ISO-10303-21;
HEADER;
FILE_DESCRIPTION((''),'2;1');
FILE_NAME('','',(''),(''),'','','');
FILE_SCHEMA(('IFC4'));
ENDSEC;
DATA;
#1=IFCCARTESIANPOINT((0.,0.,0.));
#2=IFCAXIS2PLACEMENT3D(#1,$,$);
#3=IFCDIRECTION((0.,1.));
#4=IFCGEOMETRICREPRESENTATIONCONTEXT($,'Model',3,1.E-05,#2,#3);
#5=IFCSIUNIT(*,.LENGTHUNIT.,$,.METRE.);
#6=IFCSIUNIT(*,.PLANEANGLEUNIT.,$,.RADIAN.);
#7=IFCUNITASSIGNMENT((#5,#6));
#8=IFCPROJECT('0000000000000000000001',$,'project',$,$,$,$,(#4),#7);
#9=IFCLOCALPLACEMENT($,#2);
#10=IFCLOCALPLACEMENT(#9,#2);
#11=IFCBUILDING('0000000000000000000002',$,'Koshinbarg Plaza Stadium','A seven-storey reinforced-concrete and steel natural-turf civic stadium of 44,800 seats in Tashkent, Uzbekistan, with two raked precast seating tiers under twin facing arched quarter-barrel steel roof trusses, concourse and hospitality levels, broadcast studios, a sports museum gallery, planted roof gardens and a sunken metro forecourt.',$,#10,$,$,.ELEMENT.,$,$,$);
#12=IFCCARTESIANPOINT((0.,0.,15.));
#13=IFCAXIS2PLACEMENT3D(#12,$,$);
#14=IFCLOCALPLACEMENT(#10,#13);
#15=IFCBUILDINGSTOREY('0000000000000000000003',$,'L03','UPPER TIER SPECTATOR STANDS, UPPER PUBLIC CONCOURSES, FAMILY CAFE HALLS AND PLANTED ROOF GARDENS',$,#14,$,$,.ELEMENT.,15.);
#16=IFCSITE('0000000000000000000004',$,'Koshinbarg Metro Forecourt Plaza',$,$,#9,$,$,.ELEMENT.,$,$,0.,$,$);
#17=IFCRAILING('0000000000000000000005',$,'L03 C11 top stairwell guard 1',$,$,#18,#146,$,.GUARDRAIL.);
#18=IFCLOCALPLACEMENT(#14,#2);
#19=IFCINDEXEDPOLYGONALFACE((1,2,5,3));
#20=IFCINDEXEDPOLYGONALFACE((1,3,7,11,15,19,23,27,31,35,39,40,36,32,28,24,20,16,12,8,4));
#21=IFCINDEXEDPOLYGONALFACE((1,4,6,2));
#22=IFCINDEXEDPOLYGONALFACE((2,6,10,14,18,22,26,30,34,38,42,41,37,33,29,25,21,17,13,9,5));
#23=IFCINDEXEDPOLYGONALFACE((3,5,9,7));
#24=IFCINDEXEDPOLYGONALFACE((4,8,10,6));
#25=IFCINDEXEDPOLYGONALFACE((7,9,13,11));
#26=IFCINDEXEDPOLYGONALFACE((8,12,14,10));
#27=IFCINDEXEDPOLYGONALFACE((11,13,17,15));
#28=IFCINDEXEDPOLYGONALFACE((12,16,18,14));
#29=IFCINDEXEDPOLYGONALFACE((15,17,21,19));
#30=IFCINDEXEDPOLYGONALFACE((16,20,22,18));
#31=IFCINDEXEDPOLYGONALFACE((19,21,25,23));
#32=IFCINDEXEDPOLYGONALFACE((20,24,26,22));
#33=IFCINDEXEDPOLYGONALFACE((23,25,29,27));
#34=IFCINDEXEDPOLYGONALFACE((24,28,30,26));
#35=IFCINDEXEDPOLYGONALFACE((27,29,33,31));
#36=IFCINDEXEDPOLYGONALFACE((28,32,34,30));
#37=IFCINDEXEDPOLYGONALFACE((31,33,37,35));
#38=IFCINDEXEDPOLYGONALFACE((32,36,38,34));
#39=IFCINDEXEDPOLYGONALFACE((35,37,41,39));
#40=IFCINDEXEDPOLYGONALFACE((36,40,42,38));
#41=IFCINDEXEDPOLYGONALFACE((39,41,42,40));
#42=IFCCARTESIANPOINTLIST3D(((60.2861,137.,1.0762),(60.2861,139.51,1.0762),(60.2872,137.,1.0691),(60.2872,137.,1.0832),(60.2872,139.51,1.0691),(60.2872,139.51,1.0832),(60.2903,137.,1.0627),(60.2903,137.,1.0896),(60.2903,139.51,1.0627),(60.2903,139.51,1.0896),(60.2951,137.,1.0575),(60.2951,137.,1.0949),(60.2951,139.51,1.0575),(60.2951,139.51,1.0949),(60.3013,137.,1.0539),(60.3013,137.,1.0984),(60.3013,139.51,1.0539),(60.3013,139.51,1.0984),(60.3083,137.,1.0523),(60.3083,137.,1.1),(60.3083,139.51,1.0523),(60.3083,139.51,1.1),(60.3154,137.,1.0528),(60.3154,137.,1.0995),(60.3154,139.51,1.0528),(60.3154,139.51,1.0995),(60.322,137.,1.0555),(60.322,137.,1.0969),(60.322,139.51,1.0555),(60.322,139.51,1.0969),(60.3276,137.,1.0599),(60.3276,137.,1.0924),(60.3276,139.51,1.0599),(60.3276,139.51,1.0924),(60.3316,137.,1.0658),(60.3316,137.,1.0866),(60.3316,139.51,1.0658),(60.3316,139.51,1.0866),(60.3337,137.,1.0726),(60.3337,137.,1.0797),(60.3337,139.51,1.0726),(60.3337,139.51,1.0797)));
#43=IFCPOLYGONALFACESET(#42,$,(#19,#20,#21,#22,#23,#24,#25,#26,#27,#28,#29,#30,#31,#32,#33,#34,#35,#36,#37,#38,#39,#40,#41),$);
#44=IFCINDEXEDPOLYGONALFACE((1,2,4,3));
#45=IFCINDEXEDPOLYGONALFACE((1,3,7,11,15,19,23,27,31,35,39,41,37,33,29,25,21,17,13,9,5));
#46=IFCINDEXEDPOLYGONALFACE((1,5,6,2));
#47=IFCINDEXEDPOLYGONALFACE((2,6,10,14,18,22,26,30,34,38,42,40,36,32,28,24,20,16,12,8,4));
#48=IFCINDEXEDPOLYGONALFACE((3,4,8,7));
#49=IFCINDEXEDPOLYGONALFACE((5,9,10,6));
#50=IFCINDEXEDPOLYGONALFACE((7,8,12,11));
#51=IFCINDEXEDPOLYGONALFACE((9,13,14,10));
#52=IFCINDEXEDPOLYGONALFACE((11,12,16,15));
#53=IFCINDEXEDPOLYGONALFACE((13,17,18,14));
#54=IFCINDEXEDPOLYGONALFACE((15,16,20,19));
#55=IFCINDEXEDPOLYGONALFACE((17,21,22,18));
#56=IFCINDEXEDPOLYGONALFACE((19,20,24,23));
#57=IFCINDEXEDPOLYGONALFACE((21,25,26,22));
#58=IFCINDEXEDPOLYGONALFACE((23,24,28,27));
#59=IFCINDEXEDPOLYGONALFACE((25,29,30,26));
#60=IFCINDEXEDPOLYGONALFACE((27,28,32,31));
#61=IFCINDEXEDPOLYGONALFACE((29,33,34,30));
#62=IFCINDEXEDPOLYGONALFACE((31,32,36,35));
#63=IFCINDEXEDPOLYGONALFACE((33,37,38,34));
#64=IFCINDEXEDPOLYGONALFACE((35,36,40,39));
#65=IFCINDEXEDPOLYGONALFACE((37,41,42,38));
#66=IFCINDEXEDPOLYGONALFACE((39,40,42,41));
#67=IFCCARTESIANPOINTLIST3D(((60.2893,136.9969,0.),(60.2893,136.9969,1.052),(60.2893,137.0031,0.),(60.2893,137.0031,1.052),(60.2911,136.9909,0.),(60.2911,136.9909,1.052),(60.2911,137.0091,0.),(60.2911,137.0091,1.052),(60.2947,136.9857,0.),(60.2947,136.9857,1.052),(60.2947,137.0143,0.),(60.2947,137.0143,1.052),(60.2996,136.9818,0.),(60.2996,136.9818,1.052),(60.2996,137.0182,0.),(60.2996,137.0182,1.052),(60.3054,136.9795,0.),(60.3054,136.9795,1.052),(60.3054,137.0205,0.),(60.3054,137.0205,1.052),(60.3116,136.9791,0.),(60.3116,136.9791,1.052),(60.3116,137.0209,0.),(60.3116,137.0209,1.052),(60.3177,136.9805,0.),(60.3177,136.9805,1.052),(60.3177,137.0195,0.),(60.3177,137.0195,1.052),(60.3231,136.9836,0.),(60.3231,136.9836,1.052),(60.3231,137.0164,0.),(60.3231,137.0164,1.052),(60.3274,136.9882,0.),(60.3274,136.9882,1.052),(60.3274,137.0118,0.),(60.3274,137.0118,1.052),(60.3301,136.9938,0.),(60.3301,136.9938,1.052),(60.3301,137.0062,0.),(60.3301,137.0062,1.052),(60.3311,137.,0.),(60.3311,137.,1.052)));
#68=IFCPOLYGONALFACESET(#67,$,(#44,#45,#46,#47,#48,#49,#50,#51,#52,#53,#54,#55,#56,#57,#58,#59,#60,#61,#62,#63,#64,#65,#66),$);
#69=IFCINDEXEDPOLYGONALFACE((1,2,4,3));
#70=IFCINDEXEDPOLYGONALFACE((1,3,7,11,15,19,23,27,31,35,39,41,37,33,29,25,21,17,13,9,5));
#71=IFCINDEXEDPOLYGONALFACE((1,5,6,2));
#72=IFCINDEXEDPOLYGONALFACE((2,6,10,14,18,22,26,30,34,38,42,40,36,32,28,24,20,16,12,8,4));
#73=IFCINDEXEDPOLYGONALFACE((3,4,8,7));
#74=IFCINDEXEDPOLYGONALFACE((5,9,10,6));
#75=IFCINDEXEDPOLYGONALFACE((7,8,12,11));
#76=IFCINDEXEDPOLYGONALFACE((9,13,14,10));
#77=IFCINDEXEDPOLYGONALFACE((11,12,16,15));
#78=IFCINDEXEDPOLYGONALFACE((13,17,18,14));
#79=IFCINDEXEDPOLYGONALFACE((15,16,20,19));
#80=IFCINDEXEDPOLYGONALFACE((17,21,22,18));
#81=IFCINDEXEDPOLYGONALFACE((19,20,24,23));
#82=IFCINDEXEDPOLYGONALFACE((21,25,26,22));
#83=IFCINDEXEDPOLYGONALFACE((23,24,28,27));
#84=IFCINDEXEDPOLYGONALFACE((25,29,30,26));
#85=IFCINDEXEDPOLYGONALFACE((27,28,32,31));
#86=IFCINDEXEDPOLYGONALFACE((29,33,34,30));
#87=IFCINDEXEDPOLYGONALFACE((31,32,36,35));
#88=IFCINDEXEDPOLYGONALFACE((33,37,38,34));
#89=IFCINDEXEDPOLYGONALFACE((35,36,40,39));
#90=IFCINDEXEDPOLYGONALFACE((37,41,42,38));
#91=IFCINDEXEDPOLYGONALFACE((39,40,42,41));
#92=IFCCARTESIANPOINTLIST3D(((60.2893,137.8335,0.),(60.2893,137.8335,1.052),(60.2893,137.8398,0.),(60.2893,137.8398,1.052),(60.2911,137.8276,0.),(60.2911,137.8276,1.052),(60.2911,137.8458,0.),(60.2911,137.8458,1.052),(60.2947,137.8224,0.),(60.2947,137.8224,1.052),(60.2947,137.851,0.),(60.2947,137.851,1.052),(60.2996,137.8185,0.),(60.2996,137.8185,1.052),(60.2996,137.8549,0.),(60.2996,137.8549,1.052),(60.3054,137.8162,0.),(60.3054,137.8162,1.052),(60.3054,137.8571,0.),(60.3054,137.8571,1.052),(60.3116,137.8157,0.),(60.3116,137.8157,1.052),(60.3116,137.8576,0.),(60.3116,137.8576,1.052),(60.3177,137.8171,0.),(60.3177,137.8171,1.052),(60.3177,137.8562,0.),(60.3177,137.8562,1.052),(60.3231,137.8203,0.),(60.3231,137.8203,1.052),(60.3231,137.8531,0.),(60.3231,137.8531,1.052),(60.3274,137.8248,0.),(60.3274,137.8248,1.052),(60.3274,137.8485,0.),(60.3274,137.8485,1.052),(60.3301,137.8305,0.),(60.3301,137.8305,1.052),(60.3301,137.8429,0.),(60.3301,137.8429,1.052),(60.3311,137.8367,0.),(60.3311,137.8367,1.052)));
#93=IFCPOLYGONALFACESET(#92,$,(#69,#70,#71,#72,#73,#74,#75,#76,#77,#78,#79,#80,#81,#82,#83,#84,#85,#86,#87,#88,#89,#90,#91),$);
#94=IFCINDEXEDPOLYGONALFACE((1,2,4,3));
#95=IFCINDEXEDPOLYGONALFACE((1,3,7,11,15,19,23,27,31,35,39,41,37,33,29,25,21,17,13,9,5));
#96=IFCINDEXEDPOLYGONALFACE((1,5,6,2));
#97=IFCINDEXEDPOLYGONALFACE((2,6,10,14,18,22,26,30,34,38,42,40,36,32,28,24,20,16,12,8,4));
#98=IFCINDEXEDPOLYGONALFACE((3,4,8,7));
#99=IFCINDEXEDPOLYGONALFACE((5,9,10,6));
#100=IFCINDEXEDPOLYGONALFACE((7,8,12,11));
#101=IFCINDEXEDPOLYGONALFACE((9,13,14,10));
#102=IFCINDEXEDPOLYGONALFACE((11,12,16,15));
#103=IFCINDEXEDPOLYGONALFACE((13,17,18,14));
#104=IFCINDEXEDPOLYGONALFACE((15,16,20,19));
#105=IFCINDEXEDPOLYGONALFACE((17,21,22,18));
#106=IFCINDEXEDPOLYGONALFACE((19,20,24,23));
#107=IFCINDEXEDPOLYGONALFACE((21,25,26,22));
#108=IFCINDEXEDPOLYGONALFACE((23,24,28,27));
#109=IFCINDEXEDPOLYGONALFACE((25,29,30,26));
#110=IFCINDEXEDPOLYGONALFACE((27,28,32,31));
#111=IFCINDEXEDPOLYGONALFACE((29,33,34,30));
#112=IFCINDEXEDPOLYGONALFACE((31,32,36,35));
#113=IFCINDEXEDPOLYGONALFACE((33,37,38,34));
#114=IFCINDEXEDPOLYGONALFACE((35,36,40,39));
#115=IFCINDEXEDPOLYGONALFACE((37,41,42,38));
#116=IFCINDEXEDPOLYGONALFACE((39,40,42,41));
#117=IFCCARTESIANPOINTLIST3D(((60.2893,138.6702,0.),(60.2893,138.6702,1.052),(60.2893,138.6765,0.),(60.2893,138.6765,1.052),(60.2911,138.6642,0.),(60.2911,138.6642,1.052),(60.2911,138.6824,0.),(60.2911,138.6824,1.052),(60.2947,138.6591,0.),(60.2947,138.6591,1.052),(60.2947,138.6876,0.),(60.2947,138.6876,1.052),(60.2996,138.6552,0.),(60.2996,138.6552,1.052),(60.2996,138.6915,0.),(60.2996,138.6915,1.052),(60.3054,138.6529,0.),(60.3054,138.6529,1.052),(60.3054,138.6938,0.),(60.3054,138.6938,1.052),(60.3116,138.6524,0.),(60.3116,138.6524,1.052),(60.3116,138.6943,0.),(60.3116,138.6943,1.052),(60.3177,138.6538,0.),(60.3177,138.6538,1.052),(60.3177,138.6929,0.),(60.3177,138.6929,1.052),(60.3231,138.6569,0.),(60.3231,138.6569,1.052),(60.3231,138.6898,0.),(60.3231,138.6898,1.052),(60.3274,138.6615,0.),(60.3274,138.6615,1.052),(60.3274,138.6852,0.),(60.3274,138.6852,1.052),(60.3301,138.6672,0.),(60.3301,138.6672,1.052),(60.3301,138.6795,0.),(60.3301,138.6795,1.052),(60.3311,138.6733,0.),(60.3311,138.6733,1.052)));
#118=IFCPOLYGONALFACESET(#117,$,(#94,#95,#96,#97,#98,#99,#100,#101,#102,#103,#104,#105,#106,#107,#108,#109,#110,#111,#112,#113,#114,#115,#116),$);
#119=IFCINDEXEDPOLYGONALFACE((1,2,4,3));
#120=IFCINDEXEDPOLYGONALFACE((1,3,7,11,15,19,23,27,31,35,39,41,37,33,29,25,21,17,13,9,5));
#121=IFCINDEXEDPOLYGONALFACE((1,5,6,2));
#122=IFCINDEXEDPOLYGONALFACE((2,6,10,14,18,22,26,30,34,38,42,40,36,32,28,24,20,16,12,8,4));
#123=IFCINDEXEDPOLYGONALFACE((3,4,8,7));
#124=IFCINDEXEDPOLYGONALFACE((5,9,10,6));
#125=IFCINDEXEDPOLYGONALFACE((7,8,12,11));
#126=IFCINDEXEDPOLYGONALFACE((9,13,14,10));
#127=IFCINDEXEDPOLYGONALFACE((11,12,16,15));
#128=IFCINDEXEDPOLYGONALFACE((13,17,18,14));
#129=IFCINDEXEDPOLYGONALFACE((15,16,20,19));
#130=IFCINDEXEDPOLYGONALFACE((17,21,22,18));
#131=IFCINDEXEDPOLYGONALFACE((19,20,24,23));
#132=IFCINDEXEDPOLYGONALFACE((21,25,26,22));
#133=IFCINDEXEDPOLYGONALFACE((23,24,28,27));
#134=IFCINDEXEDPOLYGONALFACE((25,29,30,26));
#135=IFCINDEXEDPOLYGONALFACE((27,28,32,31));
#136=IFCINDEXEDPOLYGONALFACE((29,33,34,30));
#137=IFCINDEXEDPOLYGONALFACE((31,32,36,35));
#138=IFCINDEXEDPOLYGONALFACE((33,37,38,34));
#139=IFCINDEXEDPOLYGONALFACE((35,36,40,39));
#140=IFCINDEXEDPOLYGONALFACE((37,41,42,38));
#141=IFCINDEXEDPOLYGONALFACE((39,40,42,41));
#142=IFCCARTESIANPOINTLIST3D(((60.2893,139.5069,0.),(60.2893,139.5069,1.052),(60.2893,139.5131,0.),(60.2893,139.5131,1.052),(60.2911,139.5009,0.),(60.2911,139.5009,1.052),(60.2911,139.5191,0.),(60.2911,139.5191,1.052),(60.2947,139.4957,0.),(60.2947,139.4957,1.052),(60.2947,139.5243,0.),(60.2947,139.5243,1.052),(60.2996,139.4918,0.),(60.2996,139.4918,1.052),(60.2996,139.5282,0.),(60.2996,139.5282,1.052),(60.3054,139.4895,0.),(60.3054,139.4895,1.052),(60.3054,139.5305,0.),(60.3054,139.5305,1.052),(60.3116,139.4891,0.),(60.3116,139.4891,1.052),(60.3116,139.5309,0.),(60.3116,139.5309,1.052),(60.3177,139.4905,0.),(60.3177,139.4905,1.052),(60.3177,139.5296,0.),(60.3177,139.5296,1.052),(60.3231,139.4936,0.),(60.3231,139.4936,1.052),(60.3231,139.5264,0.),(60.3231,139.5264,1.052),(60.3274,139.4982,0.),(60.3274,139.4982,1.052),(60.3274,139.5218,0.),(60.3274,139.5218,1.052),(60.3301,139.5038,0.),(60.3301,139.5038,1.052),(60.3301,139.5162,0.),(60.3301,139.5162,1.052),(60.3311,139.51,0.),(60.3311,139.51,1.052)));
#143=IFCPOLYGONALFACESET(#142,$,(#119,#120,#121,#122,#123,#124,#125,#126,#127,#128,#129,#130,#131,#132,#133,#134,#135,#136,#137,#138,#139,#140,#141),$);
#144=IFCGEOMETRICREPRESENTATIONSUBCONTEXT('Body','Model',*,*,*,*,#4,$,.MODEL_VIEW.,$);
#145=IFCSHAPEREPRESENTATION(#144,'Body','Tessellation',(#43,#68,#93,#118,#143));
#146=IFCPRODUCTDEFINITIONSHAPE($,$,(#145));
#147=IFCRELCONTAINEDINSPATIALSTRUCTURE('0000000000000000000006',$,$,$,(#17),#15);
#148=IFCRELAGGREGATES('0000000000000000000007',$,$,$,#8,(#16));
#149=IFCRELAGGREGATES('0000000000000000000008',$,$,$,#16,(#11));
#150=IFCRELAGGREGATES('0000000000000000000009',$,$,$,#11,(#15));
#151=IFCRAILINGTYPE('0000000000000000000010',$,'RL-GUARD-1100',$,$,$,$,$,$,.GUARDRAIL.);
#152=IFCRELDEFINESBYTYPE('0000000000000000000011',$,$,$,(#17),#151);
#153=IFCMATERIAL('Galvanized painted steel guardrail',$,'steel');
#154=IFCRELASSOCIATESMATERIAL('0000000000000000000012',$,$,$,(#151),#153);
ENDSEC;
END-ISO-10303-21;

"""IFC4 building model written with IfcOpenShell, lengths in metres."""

from ifc_helpers import new_model, si_unit, direction, frame, origin, origin_2d, place, context, subcontext, project, spatial, circle, extrude, material, type_object, element, save


model = new_model("IFC4")

# Units and contexts
model_context = context("Model", 3, precision=1e-05, world=origin(), true_north=direction((0.0, 1.0)))
body_context = subcontext(model_context, "Body", "Model", "MODEL_VIEW")
ifc_project = project(units=[si_unit("LENGTHUNIT", "METRE"), si_unit("PLANEANGLEUNIT", "RADIAN")], contexts=[model_context])

# Site, building, storey
site_placement = place(None, origin())
site = spatial("IfcSite", under=ifc_project, at=site_placement, Name="Koshinbarg Metro Forecourt Plaza", CompositionType="ELEMENT", RefElevation=0.0)
building_placement = place(site_placement, origin())
building = spatial("IfcBuilding", under=site, at=building_placement, Name="Koshinbarg Plaza Stadium", Description="A seven-storey reinforced-concrete and steel natural-turf civic stadium of 44,800 seats in Tashkent, Uzbekistan, with two raked precast seating tiers under twin facing arched quarter-barrel steel roof trusses, concourse and hospitality levels, broadcast studios, a sports museum gallery, planted roof gardens and a sunken metro forecourt.", CompositionType="ELEMENT")
storey_placement = place(building_placement, frame((0.0, 0.0, 15.0)))
storey = spatial("IfcBuildingStorey", under=building, at=storey_placement, Name="L03", Description="UPPER TIER SPECTATOR STANDS, UPPER PUBLIC CONCOURSES, FAMILY CAFE HALLS AND PLANTED ROOF GARDENS", CompositionType="ELEMENT", Elevation=15.0)

# Railing
ifc_material_1 = material(Name="Galvanized painted steel guardrail", Category="steel")
railing_type_1 = type_object("IfcRailingType", Name="RL-GUARD-1100", PredefinedType="GUARDRAIL", material=ifc_material_1)
railing_1_placement = place(storey_placement, frame((60.3101, 137.0, 0.0)))
element("IfcRailing", 1, at=railing_1_placement, inside=storey, type_object=railing_type_1, Name="L03 C11 top stairwell guard 1", PredefinedType="GUARDRAIL", context=body_context, shape_type="SweptSolid", body=[
    extrude(circle(Radius=0.0239, at=origin_2d()), frame((0.0, 0.0, 1.0762), z_axis=(0.0, 1.0, 0.0), x_axis=(-1.0, 0.0, 0.0)), (0.0, 0.0, 1.0), 2.51),
    extrude(circle(Radius=0.021, at=origin_2d()), origin(), (0.0, 0.0, 1.0), 1.052),
    extrude(circle(Radius=0.021, at=origin_2d()), frame((0.0, 0.8367, 0.0)), (0.0, 0.0, 1.0), 1.052),
    extrude(circle(Radius=0.021, at=origin_2d()), frame((0.0, 1.6733, 0.0)), (0.0, 0.0, 1.0), 1.052),
    extrude(circle(Radius=0.021, at=origin_2d()), frame((0.0, 2.51, 0.0)), (0.0, 0.0, 1.0), 1.052),
])

save(model, "model.ifc")
